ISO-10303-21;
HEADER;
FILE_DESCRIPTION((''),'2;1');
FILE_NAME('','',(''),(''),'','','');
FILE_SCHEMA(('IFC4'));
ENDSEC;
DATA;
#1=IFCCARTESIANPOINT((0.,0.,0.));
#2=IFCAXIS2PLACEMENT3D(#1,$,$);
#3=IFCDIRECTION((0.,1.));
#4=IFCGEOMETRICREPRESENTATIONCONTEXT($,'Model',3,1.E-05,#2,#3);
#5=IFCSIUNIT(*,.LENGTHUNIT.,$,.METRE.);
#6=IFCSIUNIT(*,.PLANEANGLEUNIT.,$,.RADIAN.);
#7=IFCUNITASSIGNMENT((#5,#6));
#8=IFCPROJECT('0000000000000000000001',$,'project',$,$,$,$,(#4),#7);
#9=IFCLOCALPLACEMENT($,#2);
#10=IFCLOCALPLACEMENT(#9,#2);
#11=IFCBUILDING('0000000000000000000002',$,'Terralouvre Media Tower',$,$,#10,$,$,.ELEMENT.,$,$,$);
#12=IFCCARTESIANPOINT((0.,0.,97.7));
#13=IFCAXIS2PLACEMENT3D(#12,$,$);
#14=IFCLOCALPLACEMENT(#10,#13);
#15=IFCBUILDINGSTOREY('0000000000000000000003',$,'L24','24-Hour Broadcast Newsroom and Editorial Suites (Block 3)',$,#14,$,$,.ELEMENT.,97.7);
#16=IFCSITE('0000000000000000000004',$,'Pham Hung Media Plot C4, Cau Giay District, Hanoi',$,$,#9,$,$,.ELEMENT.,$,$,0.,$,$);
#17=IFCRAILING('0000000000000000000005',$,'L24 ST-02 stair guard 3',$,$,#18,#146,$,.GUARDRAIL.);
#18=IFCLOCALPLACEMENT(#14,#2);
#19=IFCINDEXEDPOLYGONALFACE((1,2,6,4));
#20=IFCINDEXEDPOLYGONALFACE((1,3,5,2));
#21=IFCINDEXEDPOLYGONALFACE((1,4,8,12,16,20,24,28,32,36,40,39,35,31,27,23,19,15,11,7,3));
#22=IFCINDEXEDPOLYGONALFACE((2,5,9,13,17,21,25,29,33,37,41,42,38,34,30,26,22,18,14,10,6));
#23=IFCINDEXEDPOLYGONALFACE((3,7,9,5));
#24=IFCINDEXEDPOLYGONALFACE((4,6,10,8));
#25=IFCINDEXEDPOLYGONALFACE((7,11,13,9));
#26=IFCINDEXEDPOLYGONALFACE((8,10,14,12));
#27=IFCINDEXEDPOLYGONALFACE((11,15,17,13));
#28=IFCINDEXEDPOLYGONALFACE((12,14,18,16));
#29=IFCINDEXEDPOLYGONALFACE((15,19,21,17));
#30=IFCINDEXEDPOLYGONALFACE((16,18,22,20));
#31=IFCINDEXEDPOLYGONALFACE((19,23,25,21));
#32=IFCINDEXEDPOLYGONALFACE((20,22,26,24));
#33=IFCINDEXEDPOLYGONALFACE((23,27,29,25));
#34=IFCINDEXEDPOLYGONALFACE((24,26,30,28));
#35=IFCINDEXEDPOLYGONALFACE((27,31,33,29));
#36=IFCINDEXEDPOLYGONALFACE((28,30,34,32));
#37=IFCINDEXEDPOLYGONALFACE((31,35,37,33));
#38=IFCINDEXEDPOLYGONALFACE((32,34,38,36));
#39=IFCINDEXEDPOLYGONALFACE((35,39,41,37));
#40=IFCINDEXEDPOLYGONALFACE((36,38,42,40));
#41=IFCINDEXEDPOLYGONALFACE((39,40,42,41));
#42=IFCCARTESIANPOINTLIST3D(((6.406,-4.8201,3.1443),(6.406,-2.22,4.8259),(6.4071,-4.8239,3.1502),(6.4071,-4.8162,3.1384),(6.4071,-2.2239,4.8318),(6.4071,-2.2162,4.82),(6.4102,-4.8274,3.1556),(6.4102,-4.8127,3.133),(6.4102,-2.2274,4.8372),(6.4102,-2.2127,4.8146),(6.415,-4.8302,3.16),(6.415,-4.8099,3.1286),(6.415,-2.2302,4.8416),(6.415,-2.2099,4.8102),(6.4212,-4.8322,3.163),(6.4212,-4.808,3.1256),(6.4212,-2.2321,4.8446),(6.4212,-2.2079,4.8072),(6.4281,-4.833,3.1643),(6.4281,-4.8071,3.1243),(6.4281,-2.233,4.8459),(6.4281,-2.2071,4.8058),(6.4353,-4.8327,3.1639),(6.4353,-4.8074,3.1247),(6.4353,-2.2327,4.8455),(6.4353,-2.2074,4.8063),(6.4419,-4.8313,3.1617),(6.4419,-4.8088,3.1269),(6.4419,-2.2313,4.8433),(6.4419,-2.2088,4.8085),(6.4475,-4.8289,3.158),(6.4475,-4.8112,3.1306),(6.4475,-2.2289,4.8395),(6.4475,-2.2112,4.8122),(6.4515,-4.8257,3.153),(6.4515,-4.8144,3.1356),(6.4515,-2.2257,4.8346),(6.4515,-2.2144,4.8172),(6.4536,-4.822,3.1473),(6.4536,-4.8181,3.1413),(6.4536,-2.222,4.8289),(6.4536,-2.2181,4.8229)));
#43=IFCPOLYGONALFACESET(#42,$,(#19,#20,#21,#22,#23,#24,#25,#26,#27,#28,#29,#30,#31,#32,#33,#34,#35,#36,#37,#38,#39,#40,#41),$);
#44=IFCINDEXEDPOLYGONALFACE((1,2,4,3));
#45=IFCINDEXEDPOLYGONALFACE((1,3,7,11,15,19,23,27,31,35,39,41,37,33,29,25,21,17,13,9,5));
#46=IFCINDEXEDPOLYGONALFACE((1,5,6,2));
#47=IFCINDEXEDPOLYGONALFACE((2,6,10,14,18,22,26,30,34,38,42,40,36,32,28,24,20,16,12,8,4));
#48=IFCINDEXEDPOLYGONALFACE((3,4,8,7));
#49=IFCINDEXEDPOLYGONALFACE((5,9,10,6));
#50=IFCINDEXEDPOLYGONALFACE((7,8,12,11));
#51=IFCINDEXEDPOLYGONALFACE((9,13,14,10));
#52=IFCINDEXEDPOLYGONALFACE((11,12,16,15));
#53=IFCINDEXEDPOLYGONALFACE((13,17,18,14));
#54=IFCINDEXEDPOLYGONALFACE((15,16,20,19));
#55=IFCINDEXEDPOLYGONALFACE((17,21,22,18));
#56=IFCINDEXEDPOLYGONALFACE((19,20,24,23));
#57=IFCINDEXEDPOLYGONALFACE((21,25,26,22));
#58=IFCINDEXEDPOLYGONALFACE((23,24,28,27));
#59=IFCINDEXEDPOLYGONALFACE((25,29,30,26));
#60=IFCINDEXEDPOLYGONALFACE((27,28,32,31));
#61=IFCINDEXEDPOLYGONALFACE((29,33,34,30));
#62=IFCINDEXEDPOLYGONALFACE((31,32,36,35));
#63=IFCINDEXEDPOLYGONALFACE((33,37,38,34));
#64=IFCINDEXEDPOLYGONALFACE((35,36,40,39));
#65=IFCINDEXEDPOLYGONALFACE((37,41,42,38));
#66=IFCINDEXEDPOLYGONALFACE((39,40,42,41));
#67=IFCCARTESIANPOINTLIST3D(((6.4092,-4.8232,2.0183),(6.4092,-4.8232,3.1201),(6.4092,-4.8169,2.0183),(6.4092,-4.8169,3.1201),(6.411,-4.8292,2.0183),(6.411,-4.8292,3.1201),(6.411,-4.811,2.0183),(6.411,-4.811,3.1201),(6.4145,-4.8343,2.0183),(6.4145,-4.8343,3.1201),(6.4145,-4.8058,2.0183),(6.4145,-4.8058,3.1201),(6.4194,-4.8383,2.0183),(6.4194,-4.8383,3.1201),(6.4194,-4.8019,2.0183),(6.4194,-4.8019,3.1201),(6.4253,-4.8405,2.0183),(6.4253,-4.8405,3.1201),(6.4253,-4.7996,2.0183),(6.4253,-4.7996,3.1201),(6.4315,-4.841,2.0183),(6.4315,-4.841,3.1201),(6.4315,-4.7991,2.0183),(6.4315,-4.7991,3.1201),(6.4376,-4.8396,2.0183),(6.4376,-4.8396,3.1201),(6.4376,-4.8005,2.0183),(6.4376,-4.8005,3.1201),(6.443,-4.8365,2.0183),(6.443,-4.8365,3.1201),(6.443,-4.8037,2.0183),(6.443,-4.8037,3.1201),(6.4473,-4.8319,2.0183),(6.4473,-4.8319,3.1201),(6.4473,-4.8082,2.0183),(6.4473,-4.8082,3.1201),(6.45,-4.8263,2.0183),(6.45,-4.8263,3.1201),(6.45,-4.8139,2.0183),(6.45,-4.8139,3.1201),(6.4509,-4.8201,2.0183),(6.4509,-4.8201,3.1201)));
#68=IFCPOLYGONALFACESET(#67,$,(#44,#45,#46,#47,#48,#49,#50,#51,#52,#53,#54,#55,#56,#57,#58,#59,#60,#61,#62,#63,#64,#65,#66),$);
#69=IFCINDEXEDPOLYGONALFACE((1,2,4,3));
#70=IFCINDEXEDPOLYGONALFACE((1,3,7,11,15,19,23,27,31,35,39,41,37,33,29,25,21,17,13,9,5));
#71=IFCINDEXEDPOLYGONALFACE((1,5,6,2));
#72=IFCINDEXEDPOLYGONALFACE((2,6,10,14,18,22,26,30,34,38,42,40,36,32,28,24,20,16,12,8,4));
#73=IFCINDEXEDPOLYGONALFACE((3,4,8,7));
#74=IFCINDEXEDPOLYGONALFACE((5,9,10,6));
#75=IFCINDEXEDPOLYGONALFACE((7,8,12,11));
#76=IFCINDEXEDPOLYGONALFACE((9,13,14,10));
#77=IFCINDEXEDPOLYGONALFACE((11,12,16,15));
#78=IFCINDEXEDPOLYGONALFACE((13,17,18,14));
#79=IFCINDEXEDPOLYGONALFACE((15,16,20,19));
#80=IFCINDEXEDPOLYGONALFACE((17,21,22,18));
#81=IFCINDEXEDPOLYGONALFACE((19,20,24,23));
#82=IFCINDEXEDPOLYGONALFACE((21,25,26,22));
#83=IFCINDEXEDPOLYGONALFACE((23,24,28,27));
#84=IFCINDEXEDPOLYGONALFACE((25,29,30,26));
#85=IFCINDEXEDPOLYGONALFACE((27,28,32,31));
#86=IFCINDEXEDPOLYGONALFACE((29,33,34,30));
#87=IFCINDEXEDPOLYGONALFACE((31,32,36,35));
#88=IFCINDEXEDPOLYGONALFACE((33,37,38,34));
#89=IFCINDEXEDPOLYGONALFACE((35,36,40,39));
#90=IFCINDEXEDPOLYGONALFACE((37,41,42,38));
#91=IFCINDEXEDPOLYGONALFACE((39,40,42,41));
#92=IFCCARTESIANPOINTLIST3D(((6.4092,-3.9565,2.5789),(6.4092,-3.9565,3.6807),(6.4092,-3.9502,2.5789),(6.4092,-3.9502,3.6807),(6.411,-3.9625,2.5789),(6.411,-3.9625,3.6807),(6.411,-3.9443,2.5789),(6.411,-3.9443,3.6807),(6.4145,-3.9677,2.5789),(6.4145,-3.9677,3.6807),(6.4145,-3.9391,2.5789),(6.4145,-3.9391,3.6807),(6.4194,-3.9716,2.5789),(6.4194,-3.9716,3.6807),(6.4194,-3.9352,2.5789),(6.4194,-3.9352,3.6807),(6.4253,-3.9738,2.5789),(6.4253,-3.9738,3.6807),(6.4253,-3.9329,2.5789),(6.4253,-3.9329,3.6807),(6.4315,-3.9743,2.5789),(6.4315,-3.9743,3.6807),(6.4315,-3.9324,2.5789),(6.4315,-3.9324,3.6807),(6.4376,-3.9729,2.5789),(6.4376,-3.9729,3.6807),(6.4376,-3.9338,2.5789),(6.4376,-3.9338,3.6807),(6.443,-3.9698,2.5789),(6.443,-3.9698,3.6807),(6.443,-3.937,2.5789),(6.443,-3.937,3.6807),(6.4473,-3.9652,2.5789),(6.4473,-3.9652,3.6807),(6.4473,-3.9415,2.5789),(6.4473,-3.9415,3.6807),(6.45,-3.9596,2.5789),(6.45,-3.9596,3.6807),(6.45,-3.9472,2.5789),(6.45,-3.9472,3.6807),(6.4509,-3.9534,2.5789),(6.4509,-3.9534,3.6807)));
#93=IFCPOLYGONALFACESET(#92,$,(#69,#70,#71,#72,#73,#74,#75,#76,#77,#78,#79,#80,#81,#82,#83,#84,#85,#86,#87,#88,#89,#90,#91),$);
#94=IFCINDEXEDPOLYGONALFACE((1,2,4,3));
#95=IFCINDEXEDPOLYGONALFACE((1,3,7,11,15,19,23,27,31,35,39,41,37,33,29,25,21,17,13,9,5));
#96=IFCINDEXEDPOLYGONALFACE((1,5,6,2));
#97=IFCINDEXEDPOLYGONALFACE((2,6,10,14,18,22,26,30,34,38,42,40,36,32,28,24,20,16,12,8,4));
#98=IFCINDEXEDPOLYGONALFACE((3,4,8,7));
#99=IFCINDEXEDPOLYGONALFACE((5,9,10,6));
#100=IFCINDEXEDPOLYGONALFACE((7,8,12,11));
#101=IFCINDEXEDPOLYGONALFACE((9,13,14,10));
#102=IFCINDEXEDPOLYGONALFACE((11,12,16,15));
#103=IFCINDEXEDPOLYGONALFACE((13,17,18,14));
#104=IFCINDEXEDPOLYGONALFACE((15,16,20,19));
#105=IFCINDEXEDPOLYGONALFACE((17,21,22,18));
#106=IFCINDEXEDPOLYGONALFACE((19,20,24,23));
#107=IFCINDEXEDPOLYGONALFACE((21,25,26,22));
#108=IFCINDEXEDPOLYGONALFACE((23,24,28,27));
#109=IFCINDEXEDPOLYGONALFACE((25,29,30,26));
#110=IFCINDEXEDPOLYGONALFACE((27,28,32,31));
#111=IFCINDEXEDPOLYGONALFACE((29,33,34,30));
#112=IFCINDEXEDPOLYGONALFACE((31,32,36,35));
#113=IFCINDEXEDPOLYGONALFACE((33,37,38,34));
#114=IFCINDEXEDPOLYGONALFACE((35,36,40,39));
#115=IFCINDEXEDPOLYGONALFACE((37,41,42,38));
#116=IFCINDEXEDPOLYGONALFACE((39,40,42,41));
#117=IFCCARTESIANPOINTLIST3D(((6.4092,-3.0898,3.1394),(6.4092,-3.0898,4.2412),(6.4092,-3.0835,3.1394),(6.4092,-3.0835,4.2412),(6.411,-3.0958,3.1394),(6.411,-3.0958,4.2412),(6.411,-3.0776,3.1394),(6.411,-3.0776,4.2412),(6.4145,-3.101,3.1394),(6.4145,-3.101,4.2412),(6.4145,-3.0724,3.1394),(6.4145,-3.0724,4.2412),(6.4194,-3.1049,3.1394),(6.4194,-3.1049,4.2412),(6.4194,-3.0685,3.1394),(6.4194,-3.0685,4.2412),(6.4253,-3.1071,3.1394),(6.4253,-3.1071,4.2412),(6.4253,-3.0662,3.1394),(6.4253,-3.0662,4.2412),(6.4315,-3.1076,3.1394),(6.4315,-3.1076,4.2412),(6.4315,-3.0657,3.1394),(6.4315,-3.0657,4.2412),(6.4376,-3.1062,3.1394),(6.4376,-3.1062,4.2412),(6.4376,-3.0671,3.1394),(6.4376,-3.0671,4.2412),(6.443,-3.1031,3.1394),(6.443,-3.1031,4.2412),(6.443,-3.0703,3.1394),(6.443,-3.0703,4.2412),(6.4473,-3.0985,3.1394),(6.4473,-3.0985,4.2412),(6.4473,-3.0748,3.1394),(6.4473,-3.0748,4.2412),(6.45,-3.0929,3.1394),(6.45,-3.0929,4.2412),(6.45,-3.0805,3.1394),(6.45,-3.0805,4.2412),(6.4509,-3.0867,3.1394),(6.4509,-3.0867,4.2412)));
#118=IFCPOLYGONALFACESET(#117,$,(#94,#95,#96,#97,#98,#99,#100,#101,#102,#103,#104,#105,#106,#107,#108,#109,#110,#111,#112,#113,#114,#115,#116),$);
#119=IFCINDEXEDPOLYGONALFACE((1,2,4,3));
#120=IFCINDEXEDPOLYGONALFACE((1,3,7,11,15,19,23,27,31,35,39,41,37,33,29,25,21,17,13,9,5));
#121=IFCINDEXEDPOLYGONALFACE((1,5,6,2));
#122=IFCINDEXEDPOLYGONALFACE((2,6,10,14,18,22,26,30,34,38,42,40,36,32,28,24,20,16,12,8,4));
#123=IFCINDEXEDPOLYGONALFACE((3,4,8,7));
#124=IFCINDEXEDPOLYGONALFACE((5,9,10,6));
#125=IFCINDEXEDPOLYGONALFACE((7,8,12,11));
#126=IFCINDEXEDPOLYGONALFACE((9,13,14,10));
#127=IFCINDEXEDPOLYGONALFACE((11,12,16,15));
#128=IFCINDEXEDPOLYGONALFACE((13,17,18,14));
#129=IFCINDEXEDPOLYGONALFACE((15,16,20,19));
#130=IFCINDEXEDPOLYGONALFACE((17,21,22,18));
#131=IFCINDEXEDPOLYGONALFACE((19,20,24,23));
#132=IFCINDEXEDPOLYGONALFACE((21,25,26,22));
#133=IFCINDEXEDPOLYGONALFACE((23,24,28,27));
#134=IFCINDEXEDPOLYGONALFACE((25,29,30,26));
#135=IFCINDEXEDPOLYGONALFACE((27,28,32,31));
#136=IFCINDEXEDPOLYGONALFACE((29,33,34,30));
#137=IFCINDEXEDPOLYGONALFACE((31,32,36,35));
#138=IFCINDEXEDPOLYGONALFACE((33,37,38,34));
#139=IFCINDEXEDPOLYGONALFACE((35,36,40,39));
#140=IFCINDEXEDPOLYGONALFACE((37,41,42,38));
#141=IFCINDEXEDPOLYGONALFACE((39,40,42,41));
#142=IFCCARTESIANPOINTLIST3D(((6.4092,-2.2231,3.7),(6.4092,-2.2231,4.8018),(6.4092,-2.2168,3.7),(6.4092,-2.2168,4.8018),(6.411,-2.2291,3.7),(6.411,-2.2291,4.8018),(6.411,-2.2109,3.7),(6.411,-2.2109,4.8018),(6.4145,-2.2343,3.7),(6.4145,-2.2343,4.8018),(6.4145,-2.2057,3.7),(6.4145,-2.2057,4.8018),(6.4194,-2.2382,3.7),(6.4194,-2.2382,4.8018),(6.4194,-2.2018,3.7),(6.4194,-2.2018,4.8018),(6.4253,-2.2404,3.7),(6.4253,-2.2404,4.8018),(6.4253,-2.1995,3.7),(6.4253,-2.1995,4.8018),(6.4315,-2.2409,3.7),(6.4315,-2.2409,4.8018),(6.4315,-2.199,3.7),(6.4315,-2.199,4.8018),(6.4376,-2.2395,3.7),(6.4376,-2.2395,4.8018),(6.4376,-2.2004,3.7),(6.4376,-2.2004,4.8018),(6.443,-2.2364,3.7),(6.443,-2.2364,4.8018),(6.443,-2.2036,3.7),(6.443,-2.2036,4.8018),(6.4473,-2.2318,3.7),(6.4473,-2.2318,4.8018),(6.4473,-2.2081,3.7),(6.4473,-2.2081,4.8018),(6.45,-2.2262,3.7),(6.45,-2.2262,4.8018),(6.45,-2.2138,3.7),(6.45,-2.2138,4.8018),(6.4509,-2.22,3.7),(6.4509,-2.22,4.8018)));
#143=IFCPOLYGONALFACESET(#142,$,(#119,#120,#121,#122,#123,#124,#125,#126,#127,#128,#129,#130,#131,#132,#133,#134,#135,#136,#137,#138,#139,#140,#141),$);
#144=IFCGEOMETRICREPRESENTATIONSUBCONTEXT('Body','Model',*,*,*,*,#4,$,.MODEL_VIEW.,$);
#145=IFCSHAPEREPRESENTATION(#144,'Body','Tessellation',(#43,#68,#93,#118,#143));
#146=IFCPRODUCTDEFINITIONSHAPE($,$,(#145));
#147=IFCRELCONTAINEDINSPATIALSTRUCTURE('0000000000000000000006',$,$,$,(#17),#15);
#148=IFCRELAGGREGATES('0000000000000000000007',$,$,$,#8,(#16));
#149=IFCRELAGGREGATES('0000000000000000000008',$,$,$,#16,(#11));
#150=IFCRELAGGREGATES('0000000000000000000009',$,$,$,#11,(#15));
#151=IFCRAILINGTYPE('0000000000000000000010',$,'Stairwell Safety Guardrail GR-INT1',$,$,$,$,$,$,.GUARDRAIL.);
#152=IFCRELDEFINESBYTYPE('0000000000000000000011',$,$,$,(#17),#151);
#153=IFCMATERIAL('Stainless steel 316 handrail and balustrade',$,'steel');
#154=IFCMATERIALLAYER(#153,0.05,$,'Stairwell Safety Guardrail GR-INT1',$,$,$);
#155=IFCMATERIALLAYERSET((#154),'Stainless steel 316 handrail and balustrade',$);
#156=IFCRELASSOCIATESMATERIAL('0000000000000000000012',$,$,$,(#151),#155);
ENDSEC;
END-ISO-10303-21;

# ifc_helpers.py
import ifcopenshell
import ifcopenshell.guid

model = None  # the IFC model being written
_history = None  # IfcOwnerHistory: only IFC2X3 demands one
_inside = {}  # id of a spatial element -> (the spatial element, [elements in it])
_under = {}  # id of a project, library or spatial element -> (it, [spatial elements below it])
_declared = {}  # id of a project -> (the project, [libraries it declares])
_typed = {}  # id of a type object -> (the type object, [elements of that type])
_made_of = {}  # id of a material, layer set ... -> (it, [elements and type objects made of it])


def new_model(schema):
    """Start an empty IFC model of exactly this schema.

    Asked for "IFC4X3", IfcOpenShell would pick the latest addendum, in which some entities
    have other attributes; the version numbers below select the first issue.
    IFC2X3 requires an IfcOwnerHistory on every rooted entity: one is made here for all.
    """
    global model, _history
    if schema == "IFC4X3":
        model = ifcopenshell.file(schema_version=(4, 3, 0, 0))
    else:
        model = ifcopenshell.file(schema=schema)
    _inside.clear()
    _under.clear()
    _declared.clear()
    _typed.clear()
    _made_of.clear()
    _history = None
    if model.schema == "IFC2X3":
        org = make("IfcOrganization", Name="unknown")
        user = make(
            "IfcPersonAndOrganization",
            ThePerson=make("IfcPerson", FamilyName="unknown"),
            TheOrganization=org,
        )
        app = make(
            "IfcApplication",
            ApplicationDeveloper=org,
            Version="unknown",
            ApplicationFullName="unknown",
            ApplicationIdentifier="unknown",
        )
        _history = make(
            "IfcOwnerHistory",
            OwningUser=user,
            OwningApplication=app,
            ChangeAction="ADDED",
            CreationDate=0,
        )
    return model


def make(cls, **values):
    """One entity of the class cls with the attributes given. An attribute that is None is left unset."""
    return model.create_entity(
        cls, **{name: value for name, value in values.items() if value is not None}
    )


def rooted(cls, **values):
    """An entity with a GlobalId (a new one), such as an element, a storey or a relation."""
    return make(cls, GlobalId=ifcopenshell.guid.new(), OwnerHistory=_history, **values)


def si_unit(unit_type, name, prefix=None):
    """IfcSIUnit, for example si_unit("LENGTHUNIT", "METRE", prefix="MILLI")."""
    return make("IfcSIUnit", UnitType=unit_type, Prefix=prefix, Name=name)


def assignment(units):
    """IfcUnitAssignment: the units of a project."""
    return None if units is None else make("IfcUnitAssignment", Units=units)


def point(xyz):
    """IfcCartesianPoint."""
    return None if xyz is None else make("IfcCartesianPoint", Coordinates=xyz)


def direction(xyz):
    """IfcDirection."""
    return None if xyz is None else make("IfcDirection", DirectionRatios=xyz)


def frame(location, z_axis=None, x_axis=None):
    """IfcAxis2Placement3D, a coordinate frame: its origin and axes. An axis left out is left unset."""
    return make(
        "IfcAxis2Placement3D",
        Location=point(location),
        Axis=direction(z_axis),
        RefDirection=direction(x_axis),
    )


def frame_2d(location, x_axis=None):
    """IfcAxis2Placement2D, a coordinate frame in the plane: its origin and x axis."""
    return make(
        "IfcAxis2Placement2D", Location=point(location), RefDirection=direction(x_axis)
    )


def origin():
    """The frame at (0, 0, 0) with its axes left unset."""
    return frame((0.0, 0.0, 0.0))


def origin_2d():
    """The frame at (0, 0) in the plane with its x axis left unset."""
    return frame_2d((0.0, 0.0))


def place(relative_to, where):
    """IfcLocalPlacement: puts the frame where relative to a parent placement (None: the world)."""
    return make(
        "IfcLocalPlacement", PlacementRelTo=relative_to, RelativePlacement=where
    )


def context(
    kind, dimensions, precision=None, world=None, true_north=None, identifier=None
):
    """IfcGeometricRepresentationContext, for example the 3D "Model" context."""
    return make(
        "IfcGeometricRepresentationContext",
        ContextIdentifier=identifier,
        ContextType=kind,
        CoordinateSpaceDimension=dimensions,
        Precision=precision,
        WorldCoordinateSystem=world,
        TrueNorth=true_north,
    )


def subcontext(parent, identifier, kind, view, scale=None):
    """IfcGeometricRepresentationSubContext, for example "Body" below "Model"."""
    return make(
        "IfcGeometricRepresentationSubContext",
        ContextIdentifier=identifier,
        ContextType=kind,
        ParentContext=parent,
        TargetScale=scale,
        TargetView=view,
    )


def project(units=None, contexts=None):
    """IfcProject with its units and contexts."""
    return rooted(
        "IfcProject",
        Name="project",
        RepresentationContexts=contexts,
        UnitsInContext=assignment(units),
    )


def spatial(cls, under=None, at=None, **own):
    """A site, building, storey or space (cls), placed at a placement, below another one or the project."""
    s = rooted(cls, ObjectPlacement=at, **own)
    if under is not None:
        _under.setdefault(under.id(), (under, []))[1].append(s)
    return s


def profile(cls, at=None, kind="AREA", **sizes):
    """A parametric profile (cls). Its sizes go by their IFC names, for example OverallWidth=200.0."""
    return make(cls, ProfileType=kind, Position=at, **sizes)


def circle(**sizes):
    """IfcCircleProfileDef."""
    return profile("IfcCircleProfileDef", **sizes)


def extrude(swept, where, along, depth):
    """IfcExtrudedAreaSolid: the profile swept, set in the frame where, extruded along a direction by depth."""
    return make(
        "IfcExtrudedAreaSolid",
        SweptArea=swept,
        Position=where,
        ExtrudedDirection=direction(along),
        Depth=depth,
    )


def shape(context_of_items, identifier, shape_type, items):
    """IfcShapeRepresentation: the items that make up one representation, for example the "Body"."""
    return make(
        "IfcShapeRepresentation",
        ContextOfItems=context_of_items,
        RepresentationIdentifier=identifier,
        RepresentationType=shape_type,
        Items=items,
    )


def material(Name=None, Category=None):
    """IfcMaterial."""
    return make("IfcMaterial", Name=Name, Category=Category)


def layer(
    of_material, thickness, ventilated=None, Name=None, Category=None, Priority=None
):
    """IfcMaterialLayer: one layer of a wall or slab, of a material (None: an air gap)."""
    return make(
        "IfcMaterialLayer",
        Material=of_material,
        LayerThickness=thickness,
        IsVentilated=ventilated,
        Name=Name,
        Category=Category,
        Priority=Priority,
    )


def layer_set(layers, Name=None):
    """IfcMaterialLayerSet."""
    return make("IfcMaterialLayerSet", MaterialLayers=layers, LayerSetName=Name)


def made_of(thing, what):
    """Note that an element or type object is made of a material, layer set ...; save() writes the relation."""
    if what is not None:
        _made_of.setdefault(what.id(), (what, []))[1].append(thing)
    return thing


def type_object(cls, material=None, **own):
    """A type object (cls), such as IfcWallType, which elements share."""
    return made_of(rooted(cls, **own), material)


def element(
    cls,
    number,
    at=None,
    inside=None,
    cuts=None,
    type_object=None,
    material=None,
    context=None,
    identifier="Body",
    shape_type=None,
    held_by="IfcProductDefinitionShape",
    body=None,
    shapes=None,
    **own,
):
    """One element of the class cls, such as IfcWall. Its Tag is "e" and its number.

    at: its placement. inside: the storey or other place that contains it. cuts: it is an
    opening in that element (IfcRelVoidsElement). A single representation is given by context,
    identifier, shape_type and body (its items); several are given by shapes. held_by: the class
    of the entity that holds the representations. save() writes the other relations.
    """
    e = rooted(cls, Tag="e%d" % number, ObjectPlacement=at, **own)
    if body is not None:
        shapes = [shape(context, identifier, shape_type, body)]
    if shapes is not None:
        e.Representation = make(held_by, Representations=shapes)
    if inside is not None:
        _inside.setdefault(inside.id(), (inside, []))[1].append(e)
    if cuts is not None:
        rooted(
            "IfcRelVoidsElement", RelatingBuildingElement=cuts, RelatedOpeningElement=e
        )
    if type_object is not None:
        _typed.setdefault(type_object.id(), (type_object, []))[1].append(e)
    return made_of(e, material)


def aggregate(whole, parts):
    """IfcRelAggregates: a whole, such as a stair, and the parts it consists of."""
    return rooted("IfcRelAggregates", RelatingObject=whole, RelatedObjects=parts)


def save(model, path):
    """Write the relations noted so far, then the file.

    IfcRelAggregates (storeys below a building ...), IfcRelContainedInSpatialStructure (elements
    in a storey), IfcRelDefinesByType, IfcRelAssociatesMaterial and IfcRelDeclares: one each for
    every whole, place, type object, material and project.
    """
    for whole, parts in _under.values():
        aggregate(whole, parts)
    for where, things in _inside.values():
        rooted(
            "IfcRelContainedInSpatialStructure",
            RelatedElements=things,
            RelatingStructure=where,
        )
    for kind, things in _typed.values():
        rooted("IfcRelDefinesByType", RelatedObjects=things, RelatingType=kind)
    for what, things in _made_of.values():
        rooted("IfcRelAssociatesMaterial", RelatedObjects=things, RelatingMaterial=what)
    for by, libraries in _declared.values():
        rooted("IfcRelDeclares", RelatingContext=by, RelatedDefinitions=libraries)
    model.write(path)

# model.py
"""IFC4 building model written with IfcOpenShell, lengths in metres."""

from ifc_helpers import new_model, si_unit, direction, frame, origin, origin_2d, place, context, subcontext, project, spatial, circle, extrude, material, layer, layer_set, type_object, element, save


model = new_model("IFC4")

# Units and contexts
model_context = context("Model", 3, precision=1e-05, world=origin(), true_north=direction((0.0, 1.0)))
body_context = subcontext(model_context, "Body", "Model", "MODEL_VIEW")
ifc_project = project(units=[si_unit("LENGTHUNIT", "METRE"), si_unit("PLANEANGLEUNIT", "RADIAN")], contexts=[model_context])

# Site, building, storey
site_placement = place(None, origin())
site = spatial("IfcSite", under=ifc_project, at=site_placement, Name="Pham Hung Media Plot C4, Cau Giay District, Hanoi", CompositionType="ELEMENT", RefElevation=0.0)
building_placement = place(site_placement, origin())
building = spatial("IfcBuilding", under=site, at=building_placement, Name="Terralouvre Media Tower", CompositionType="ELEMENT")
storey_placement = place(building_placement, frame((0.0, 0.0, 97.7)))
storey = spatial("IfcBuildingStorey", under=building, at=storey_placement, Name="L24", Description="24-Hour Broadcast Newsroom and Editorial Suites (Block 3)", CompositionType="ELEMENT", Elevation=97.7)

# Railing
ifc_material_1 = material(Name="Stainless steel 316 handrail and balustrade", Category="steel")
ifc_layer_1 = layer(ifc_material_1, 0.05, Name="Stairwell Safety Guardrail GR-INT1")
ifc_layer_set_1 = layer_set([ifc_layer_1], Name="Stainless steel 316 handrail and balustrade")
railing_type_1 = type_object("IfcRailingType", Name="Stairwell Safety Guardrail GR-INT1", PredefinedType="GUARDRAIL", material=ifc_layer_set_1)
railing_1_placement = place(storey_placement, frame((6.4299, -4.8201, 2.0183)))
element("IfcRailing", 1, at=railing_1_placement, inside=storey, type_object=railing_type_1, Name="L24 ST-02 stair guard 3", PredefinedType="GUARDRAIL", context=body_context, shape_type="SweptSolid", body=[
    extrude(circle(Radius=0.0239, at=origin_2d()), frame((0.0, 0.0, 1.126), z_axis=(0.0, 0.839684, 0.543075), x_axis=(-1.0, 0.0, 0.0)), (0.0, 0.0, 1.0), 3.0964),
    extrude(circle(Radius=0.021, at=origin_2d()), origin(), (0.0, 0.0, 1.0), 1.1018),
    extrude(circle(Radius=0.021, at=origin_2d()), frame((0.0, 0.8667, 0.5605)), (0.0, 0.0, 1.0), 1.1018),
    extrude(circle(Radius=0.021, at=origin_2d()), frame((0.0, 1.7334, 1.1211)), (0.0, 0.0, 1.0), 1.1018),
    extrude(circle(Radius=0.021, at=origin_2d()), frame((0.0, 2.6001, 1.6816)), (0.0, 0.0, 1.0), 1.1018),
])

save(model, "model.ifc")
